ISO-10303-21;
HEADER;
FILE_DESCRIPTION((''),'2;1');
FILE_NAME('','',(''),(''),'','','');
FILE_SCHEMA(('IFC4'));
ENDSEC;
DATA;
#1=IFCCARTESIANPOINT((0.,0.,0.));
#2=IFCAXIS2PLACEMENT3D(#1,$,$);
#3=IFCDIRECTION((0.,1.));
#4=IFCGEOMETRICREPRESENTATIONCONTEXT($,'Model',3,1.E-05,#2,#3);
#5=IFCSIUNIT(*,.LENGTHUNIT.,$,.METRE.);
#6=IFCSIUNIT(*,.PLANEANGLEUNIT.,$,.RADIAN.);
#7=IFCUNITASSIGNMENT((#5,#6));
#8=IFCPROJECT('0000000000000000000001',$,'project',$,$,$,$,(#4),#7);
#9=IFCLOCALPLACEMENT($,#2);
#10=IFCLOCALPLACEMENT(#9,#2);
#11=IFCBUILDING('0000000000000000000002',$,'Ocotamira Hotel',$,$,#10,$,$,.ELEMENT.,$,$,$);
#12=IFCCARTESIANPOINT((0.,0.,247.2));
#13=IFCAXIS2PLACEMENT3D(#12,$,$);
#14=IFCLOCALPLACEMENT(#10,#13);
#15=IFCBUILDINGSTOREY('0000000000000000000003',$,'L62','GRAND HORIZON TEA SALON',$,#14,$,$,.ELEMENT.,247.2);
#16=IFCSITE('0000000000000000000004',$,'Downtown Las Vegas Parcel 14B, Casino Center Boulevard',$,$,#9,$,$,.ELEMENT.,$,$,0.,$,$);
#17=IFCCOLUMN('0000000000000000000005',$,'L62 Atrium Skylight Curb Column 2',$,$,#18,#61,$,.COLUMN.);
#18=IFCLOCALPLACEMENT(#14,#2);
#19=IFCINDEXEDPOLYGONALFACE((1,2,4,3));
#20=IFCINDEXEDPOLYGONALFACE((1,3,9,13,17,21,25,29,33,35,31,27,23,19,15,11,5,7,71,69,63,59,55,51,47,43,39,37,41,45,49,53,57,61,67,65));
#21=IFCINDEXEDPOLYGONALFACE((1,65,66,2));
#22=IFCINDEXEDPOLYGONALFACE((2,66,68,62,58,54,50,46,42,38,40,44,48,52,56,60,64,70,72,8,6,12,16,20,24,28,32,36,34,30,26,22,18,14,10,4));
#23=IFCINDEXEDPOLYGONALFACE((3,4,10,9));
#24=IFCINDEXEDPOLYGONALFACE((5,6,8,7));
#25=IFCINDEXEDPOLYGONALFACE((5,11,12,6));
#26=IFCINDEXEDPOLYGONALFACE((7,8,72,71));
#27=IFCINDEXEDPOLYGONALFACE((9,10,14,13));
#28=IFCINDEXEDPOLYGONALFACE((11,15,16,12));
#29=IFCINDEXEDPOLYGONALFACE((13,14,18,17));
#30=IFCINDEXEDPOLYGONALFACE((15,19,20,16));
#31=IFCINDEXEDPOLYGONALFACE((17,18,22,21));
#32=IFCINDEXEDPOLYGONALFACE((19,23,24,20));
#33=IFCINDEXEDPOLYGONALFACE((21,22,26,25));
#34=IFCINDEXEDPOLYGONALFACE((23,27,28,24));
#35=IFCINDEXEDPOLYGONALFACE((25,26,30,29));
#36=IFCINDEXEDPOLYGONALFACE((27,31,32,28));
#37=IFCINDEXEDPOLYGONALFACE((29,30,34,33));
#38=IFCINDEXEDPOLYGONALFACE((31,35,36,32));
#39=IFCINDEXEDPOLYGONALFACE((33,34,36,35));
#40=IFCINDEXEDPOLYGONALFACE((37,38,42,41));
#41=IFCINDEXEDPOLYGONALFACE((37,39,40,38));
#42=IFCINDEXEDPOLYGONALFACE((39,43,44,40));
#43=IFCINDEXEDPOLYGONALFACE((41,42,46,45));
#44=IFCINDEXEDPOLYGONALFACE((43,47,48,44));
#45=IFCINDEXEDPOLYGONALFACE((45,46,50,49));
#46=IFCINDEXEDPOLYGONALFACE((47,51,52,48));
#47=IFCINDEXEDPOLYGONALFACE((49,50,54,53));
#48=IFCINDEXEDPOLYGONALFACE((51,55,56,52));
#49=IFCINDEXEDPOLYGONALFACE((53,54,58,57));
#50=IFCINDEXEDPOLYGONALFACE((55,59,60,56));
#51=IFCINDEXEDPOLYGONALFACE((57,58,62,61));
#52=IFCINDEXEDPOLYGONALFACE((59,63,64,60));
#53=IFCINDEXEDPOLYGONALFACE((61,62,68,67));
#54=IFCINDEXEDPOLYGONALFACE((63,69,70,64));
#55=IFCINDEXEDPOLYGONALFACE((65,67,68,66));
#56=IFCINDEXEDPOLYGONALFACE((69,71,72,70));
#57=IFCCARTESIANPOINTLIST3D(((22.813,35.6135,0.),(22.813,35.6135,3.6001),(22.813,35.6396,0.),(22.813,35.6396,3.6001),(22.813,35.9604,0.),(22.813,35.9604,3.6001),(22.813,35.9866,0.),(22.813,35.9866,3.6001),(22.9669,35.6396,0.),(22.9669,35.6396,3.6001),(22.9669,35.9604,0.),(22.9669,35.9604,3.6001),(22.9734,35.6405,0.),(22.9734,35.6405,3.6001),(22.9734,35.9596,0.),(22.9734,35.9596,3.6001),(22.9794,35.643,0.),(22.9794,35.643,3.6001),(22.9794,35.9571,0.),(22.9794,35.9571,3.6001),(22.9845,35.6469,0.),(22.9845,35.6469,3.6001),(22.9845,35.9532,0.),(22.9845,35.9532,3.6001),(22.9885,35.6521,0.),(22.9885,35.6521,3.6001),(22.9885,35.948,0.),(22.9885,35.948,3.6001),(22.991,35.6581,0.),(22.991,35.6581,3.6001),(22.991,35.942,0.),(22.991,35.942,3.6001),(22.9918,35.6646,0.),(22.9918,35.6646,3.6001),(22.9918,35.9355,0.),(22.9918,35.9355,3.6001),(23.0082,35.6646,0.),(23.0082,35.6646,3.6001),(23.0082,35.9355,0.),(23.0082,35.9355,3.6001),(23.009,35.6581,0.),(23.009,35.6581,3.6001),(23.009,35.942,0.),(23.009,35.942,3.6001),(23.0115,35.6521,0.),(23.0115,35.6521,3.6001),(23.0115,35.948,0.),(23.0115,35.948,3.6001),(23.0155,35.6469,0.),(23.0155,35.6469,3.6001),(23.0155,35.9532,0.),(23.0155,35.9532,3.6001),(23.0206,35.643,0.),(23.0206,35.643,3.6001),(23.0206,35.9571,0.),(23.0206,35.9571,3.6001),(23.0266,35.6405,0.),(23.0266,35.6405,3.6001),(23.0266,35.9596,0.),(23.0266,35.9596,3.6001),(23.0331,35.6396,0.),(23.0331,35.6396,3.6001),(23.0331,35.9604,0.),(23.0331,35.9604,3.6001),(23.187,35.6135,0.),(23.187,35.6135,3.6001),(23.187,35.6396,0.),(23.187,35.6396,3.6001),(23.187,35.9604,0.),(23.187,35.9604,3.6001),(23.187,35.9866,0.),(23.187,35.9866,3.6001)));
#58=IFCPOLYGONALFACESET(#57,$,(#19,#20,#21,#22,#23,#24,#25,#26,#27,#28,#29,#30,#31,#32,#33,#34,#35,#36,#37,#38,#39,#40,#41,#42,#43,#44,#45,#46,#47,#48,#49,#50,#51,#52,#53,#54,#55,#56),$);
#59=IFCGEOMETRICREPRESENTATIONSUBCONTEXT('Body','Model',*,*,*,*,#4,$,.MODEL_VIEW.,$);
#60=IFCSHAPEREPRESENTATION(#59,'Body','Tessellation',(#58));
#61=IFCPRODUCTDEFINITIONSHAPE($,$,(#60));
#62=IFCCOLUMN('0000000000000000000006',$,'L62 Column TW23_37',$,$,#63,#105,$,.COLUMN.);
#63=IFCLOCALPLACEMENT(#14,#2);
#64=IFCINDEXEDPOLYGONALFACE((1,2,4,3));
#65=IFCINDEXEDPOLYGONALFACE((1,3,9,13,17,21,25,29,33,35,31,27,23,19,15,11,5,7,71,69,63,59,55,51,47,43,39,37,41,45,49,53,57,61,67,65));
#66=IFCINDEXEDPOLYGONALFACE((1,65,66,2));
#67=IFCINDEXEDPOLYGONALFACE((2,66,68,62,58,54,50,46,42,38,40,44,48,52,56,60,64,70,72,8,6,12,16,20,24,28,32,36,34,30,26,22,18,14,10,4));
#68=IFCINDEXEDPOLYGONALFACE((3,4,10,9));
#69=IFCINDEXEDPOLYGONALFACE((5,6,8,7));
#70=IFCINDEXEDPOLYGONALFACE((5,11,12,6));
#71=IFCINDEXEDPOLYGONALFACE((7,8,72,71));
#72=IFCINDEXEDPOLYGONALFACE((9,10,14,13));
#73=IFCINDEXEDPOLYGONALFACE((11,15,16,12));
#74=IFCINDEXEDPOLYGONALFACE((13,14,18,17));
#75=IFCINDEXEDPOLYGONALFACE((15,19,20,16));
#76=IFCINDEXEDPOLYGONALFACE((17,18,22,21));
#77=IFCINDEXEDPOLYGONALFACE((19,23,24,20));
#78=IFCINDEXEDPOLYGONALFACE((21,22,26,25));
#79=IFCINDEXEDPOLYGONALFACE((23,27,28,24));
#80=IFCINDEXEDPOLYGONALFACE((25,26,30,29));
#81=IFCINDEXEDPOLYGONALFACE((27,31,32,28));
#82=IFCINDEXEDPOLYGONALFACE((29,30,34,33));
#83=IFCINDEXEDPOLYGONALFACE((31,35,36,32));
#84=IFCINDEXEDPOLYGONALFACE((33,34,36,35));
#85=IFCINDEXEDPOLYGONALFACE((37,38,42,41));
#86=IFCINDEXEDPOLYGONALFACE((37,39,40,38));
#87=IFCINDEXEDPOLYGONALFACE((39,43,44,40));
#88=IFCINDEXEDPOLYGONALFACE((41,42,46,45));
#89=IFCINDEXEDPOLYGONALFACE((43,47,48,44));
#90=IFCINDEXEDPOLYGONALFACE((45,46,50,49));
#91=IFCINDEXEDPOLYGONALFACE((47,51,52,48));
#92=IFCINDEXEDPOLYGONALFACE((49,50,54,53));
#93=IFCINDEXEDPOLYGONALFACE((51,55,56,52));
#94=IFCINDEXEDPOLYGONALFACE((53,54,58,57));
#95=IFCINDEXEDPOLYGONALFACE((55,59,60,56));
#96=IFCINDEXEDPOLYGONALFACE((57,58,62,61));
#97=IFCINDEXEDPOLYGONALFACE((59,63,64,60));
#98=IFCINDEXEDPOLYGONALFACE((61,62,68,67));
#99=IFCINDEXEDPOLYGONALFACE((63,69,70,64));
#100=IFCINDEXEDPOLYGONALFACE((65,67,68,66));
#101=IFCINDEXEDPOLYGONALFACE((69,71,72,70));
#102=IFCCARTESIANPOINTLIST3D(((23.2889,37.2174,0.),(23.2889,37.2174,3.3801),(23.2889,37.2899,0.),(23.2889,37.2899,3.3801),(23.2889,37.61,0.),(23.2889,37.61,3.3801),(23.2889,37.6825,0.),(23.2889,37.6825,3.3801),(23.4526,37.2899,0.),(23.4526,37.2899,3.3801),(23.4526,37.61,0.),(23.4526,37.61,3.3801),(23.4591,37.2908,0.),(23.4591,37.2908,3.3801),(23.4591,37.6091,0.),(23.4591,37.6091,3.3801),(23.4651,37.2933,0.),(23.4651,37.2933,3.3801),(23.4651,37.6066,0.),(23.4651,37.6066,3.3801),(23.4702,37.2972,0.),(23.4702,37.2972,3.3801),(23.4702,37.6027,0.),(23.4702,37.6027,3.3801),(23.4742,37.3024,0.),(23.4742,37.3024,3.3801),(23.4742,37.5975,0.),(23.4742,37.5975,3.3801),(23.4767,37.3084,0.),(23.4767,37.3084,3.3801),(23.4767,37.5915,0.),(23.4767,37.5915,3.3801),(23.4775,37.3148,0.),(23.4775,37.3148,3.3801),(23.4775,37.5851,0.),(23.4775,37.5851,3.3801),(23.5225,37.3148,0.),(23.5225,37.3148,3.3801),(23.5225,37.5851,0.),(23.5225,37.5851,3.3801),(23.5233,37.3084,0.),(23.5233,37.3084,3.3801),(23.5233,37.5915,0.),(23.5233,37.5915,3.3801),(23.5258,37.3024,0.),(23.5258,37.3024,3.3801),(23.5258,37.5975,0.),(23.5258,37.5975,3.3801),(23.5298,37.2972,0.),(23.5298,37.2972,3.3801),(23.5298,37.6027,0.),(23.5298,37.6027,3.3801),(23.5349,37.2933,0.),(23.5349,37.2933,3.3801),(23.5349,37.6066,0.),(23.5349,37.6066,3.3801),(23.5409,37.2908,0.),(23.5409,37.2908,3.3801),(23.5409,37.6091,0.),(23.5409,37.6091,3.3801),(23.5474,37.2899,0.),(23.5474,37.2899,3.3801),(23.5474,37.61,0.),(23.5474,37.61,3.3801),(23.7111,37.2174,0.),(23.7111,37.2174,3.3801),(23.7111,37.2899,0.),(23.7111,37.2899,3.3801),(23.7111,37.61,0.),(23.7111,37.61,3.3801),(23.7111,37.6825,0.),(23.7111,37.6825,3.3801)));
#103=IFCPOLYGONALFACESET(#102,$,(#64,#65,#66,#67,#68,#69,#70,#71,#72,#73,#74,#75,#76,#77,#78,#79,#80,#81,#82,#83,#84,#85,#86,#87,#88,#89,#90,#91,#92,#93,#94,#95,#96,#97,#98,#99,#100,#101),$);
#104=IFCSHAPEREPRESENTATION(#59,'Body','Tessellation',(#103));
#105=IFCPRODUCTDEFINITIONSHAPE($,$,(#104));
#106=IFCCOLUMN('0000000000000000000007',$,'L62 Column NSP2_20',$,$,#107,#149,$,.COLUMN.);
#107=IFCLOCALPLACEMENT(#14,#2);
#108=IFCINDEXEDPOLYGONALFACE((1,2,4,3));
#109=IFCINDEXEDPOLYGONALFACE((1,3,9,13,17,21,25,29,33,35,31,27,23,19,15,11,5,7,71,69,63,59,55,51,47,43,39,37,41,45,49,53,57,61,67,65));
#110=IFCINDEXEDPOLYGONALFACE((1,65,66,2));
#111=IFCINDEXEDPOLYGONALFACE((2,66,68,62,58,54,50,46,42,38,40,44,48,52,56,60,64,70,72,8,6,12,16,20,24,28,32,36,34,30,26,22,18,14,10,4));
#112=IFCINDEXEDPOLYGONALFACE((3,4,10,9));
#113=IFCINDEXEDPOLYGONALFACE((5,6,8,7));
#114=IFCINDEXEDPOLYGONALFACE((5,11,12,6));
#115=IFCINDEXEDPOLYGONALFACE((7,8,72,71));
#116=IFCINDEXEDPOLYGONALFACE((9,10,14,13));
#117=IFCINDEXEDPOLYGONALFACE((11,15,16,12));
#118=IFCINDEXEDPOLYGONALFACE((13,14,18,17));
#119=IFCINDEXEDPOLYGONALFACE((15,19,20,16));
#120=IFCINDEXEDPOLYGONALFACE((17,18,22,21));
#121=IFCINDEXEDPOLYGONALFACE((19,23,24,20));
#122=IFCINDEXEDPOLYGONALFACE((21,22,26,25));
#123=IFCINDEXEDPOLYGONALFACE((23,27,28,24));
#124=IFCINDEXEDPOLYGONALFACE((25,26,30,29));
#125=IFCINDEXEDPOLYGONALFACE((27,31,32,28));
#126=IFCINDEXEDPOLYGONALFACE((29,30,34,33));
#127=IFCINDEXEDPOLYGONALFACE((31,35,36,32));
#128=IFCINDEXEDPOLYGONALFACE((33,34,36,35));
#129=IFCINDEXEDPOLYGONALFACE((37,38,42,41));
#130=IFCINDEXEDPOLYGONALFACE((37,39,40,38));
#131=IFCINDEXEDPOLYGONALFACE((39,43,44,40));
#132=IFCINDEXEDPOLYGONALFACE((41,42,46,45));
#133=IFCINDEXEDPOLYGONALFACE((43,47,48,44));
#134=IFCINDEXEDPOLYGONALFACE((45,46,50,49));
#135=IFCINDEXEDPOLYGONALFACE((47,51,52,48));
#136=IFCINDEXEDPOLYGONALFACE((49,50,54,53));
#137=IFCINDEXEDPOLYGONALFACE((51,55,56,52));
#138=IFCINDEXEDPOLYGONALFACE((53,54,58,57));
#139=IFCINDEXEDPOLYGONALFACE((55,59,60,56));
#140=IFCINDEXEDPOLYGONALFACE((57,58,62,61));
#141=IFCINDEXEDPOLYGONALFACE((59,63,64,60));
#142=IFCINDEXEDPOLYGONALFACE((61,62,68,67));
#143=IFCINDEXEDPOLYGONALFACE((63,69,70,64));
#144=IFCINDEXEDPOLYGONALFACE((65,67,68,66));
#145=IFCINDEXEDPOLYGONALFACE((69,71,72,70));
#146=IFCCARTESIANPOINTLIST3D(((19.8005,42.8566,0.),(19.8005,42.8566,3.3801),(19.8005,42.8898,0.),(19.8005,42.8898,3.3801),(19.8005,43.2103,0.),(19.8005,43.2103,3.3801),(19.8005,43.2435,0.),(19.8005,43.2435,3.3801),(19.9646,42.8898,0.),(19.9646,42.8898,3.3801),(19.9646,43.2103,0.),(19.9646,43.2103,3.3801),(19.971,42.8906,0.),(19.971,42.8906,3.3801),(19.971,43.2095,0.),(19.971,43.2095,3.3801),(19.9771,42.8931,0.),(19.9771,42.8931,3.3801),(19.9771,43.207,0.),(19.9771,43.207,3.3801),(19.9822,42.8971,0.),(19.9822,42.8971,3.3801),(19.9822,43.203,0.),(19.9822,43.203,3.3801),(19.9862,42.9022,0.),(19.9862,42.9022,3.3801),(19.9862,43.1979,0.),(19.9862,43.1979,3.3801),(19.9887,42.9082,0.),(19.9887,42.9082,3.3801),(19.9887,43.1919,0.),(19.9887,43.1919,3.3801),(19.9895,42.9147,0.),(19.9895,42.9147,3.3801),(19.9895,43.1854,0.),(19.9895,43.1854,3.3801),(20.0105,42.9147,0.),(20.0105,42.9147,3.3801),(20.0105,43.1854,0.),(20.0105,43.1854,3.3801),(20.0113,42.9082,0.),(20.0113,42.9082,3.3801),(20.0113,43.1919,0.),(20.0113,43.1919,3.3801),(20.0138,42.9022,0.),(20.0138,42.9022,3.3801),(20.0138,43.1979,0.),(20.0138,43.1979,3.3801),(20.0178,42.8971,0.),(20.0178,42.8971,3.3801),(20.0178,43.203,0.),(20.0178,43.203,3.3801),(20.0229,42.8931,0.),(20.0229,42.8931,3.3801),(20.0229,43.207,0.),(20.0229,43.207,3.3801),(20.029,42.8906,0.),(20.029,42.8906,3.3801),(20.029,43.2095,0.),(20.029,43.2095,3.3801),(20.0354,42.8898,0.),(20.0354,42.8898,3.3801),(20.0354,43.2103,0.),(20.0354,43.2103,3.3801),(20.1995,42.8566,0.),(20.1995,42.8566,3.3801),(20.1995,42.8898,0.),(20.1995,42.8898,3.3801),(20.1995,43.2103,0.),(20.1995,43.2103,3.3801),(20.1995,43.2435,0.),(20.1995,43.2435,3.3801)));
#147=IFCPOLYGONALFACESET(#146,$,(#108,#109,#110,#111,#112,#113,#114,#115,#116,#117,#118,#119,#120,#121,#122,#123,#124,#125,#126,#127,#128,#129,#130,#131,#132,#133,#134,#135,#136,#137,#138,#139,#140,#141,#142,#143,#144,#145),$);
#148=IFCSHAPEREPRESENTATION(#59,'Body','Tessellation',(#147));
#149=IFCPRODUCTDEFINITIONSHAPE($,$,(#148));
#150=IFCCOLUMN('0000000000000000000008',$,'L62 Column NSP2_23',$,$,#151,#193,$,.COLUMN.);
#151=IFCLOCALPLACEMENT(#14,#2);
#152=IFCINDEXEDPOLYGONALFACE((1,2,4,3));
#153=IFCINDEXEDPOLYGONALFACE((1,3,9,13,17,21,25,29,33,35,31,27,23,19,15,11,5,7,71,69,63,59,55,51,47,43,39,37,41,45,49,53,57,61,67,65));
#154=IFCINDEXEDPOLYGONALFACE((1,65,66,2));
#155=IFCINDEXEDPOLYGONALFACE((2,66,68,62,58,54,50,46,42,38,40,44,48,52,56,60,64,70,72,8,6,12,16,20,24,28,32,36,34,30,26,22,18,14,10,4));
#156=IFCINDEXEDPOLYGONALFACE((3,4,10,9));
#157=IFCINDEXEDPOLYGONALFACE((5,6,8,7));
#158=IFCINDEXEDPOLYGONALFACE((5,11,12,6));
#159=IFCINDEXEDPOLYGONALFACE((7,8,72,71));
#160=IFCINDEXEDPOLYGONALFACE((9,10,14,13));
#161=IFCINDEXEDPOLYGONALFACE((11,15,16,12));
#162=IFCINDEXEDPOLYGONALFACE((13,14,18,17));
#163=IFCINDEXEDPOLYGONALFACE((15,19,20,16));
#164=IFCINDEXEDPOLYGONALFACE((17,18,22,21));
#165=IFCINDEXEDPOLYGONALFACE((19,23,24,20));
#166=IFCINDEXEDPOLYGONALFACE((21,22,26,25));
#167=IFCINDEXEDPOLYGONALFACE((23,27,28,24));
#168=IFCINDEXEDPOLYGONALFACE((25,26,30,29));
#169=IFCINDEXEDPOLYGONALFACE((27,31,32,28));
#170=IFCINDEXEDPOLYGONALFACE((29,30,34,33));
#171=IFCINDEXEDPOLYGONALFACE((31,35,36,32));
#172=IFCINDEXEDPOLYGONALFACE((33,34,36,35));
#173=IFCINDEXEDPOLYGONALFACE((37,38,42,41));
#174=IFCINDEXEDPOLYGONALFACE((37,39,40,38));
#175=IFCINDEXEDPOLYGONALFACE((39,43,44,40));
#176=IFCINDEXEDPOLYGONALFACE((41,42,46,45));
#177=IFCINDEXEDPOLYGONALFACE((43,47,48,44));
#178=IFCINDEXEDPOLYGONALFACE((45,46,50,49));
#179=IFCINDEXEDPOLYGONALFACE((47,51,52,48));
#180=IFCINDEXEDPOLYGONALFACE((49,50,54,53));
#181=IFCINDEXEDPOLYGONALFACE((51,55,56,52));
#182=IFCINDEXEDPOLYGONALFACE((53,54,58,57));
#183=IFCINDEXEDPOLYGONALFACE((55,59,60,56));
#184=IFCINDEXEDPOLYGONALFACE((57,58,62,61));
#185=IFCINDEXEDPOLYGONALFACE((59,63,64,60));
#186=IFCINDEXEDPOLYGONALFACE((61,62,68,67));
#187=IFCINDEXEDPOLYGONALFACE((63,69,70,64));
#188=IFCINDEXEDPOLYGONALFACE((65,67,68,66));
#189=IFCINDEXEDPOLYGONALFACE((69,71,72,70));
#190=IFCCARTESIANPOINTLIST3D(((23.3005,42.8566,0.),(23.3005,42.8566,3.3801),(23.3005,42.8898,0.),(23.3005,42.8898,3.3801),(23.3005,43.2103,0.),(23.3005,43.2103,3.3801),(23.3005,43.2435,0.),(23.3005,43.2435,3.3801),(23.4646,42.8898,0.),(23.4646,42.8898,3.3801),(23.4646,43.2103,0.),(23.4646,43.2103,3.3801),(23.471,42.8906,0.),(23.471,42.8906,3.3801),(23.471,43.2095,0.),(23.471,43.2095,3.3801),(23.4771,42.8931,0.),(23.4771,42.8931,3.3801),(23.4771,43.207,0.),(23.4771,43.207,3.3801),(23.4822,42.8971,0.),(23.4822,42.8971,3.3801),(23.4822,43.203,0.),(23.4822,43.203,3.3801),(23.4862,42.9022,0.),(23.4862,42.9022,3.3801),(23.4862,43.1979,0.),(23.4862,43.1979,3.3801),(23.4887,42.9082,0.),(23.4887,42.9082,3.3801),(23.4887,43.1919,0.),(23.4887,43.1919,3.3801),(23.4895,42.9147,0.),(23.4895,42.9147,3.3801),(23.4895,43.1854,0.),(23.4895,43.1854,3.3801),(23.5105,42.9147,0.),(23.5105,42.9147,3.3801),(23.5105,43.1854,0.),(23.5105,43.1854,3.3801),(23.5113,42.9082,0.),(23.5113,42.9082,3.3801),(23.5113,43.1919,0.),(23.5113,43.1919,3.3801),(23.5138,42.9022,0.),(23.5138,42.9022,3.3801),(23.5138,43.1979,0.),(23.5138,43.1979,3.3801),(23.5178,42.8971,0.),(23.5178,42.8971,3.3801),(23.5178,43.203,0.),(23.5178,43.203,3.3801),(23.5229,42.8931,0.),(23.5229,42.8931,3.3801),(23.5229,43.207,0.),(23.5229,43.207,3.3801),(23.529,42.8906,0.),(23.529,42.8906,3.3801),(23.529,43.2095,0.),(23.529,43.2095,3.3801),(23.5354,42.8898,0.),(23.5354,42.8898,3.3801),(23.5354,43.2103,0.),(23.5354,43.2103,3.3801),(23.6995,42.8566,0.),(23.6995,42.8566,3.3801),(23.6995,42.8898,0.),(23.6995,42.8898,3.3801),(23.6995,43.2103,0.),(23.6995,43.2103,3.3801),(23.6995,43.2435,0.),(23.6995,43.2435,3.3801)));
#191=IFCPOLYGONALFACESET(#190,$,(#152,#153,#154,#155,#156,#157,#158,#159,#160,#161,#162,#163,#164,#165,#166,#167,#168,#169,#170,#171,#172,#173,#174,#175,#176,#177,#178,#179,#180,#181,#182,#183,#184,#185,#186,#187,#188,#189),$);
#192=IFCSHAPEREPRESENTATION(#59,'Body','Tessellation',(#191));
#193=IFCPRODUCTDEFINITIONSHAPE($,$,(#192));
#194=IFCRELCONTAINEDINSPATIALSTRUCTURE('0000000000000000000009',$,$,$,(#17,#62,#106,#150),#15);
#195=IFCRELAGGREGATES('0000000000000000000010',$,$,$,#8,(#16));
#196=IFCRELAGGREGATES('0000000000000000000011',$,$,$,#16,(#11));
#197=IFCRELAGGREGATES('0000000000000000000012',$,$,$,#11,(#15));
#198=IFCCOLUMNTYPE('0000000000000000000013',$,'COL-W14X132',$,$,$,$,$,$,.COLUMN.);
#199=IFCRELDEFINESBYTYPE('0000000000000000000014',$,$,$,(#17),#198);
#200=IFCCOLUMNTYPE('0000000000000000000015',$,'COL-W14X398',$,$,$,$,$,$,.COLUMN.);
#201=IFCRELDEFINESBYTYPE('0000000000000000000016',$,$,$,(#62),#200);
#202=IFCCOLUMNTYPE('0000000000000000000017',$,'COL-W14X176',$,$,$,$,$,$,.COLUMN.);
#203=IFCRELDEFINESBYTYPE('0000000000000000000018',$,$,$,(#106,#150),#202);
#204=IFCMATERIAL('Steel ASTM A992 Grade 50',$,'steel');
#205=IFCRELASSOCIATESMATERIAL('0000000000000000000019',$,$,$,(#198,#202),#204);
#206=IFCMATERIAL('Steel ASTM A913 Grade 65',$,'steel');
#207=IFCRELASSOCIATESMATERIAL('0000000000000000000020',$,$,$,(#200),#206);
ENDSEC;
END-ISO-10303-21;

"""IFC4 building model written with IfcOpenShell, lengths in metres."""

from ifc_helpers import new_model, si_unit, direction, frame, origin, origin_2d, place, context, subcontext, project, spatial, i_section, extrude, source, transform, mapped, material, material_profile, profile_set, type_object, element, save


model = new_model("IFC4")

# Units and contexts
model_context = context("Model", 3, precision=1e-05, world=origin(), true_north=direction((0.0, 1.0)))
body_context = subcontext(model_context, "Body", "Model", "MODEL_VIEW")
ifc_project = project(units=[si_unit("LENGTHUNIT", "METRE"), si_unit("PLANEANGLEUNIT", "RADIAN")], contexts=[model_context])

# Site, building, storey
site_placement = place(None, origin())
site = spatial("IfcSite", under=ifc_project, at=site_placement, Name="Downtown Las Vegas Parcel 14B, Casino Center Boulevard", CompositionType="ELEMENT", RefElevation=0.0)
building_placement = place(site_placement, origin())
building = spatial("IfcBuilding", under=site, at=building_placement, Name="Ocotamira Hotel", CompositionType="ELEMENT")
storey_placement = place(building_placement, frame((0.0, 0.0, 247.2)))
storey = spatial("IfcBuildingStorey", under=building, at=storey_placement, Name="L62", Description="GRAND HORIZON TEA SALON", CompositionType="ELEMENT", Elevation=247.2)

# Columns
ifc_material_1 = material(Name="Steel ASTM A992 Grade 50", Category="steel")
ifc_material_profile_1 = material_profile(ifc_material_1, i_section(OverallWidth=0.374, OverallDepth=0.373, WebThickness=0.0164, FlangeThickness=0.0261, FilletRadius=0.0249, at=origin_2d()), Name="W14X132")
ifc_profile_set_1 = profile_set([ifc_material_profile_1], Name="Steel ASTM A992 Grade 50")
column_type_1 = type_object("IfcColumnType", Name="COL-W14X132", PredefinedType="COLUMN", material=ifc_profile_set_1)
shared_shape_1 = source(origin(), body_context, "Body", "SweptSolid", [
    extrude(i_section(OverallWidth=0.374, OverallDepth=0.373, WebThickness=0.0164, FlangeThickness=0.0261, FilletRadius=0.0249, at=origin_2d()), origin(), (0.0, 0.0, 1.0), 3.6001),
])
column_1_placement = place(storey_placement, frame((23.0, 35.8, 0.0), z_axis=(0.0, 0.0, 1.0), x_axis=(1.0, 0.0, 0.0)))
element("IfcColumn", 1, at=column_1_placement, inside=storey, type_object=column_type_1, Name="L62 Atrium Skylight Curb Column 2", PredefinedType="COLUMN", context=body_context, shape_type="MappedRepresentation", body=[
    mapped(shared_shape_1, transform((0.0, 0.0, 0.0), scale=1.0)),
])
ifc_material_2 = material(Name="Steel ASTM A913 Grade 65", Category="steel")
ifc_material_profile_2 = material_profile(ifc_material_2, i_section(OverallWidth=0.4221, OverallDepth=0.4651, WebThickness=0.0449, FlangeThickness=0.0725, FilletRadius=0.0249, at=origin_2d()), Name="W14X398")
ifc_profile_set_2 = profile_set([ifc_material_profile_2], Name="Steel ASTM A913 Grade 65")
column_type_2 = type_object("IfcColumnType", Name="COL-W14X398", PredefinedType="COLUMN", material=ifc_profile_set_2)
shared_shape_2 = source(origin(), body_context, "Body", "SweptSolid", [
    extrude(i_section(OverallWidth=0.4221, OverallDepth=0.4651, WebThickness=0.0449, FlangeThickness=0.0725, FilletRadius=0.0249, at=origin_2d()), origin(), (0.0, 0.0, 1.0), 3.3801),
])
column_2_placement = place(storey_placement, frame((23.5, 37.45, 0.0), z_axis=(0.0, 0.0, 1.0), x_axis=(1.0, 0.0, 0.0)))
element("IfcColumn", 2, at=column_2_placement, inside=storey, type_object=column_type_2, Name="L62 Column TW23_37", PredefinedType="COLUMN", context=body_context, shape_type="MappedRepresentation", body=[
    mapped(shared_shape_2, transform((0.0, 0.0, 0.0), scale=1.0)),
])
ifc_material_profile_3 = material_profile(ifc_material_1, i_section(OverallWidth=0.3989, OverallDepth=0.387, WebThickness=0.021, FlangeThickness=0.0332, FilletRadius=0.0249, at=origin_2d()), Name="W14X176")
ifc_profile_set_3 = profile_set([ifc_material_profile_3], Name="Steel ASTM A992 Grade 50")
column_type_3 = type_object("IfcColumnType", Name="COL-W14X176", PredefinedType="COLUMN", material=ifc_profile_set_3)
shared_shape_3 = source(origin(), body_context, "Body", "SweptSolid", [
    extrude(i_section(OverallWidth=0.3989, OverallDepth=0.387, WebThickness=0.021, FlangeThickness=0.0332, FilletRadius=0.0249, at=origin_2d()), origin(), (0.0, 0.0, 1.0), 3.3801),
])
for number, where, z_axis, x_axis, name in (
    (3, (20.0, 43.05, 0.0), (0.0, 0.0, 1.0), (1.0, 0.0, 0.0), "L62 Column NSP2_20"),
    (4, (23.5, 43.05, 0.0), (0.0, 0.0, 1.0), (1.0, 0.0, 0.0), "L62 Column NSP2_23"),
):
    element("IfcColumn", number, at=place(storey_placement, frame(where, z_axis=z_axis, x_axis=x_axis)), inside=storey, type_object=column_type_3, Name=name, PredefinedType="COLUMN", context=body_context, shape_type="MappedRepresentation", body=[
        mapped(shared_shape_3, transform((0.0, 0.0, 0.0), scale=1.0)),
    ])

save(model, "model.ifc")
